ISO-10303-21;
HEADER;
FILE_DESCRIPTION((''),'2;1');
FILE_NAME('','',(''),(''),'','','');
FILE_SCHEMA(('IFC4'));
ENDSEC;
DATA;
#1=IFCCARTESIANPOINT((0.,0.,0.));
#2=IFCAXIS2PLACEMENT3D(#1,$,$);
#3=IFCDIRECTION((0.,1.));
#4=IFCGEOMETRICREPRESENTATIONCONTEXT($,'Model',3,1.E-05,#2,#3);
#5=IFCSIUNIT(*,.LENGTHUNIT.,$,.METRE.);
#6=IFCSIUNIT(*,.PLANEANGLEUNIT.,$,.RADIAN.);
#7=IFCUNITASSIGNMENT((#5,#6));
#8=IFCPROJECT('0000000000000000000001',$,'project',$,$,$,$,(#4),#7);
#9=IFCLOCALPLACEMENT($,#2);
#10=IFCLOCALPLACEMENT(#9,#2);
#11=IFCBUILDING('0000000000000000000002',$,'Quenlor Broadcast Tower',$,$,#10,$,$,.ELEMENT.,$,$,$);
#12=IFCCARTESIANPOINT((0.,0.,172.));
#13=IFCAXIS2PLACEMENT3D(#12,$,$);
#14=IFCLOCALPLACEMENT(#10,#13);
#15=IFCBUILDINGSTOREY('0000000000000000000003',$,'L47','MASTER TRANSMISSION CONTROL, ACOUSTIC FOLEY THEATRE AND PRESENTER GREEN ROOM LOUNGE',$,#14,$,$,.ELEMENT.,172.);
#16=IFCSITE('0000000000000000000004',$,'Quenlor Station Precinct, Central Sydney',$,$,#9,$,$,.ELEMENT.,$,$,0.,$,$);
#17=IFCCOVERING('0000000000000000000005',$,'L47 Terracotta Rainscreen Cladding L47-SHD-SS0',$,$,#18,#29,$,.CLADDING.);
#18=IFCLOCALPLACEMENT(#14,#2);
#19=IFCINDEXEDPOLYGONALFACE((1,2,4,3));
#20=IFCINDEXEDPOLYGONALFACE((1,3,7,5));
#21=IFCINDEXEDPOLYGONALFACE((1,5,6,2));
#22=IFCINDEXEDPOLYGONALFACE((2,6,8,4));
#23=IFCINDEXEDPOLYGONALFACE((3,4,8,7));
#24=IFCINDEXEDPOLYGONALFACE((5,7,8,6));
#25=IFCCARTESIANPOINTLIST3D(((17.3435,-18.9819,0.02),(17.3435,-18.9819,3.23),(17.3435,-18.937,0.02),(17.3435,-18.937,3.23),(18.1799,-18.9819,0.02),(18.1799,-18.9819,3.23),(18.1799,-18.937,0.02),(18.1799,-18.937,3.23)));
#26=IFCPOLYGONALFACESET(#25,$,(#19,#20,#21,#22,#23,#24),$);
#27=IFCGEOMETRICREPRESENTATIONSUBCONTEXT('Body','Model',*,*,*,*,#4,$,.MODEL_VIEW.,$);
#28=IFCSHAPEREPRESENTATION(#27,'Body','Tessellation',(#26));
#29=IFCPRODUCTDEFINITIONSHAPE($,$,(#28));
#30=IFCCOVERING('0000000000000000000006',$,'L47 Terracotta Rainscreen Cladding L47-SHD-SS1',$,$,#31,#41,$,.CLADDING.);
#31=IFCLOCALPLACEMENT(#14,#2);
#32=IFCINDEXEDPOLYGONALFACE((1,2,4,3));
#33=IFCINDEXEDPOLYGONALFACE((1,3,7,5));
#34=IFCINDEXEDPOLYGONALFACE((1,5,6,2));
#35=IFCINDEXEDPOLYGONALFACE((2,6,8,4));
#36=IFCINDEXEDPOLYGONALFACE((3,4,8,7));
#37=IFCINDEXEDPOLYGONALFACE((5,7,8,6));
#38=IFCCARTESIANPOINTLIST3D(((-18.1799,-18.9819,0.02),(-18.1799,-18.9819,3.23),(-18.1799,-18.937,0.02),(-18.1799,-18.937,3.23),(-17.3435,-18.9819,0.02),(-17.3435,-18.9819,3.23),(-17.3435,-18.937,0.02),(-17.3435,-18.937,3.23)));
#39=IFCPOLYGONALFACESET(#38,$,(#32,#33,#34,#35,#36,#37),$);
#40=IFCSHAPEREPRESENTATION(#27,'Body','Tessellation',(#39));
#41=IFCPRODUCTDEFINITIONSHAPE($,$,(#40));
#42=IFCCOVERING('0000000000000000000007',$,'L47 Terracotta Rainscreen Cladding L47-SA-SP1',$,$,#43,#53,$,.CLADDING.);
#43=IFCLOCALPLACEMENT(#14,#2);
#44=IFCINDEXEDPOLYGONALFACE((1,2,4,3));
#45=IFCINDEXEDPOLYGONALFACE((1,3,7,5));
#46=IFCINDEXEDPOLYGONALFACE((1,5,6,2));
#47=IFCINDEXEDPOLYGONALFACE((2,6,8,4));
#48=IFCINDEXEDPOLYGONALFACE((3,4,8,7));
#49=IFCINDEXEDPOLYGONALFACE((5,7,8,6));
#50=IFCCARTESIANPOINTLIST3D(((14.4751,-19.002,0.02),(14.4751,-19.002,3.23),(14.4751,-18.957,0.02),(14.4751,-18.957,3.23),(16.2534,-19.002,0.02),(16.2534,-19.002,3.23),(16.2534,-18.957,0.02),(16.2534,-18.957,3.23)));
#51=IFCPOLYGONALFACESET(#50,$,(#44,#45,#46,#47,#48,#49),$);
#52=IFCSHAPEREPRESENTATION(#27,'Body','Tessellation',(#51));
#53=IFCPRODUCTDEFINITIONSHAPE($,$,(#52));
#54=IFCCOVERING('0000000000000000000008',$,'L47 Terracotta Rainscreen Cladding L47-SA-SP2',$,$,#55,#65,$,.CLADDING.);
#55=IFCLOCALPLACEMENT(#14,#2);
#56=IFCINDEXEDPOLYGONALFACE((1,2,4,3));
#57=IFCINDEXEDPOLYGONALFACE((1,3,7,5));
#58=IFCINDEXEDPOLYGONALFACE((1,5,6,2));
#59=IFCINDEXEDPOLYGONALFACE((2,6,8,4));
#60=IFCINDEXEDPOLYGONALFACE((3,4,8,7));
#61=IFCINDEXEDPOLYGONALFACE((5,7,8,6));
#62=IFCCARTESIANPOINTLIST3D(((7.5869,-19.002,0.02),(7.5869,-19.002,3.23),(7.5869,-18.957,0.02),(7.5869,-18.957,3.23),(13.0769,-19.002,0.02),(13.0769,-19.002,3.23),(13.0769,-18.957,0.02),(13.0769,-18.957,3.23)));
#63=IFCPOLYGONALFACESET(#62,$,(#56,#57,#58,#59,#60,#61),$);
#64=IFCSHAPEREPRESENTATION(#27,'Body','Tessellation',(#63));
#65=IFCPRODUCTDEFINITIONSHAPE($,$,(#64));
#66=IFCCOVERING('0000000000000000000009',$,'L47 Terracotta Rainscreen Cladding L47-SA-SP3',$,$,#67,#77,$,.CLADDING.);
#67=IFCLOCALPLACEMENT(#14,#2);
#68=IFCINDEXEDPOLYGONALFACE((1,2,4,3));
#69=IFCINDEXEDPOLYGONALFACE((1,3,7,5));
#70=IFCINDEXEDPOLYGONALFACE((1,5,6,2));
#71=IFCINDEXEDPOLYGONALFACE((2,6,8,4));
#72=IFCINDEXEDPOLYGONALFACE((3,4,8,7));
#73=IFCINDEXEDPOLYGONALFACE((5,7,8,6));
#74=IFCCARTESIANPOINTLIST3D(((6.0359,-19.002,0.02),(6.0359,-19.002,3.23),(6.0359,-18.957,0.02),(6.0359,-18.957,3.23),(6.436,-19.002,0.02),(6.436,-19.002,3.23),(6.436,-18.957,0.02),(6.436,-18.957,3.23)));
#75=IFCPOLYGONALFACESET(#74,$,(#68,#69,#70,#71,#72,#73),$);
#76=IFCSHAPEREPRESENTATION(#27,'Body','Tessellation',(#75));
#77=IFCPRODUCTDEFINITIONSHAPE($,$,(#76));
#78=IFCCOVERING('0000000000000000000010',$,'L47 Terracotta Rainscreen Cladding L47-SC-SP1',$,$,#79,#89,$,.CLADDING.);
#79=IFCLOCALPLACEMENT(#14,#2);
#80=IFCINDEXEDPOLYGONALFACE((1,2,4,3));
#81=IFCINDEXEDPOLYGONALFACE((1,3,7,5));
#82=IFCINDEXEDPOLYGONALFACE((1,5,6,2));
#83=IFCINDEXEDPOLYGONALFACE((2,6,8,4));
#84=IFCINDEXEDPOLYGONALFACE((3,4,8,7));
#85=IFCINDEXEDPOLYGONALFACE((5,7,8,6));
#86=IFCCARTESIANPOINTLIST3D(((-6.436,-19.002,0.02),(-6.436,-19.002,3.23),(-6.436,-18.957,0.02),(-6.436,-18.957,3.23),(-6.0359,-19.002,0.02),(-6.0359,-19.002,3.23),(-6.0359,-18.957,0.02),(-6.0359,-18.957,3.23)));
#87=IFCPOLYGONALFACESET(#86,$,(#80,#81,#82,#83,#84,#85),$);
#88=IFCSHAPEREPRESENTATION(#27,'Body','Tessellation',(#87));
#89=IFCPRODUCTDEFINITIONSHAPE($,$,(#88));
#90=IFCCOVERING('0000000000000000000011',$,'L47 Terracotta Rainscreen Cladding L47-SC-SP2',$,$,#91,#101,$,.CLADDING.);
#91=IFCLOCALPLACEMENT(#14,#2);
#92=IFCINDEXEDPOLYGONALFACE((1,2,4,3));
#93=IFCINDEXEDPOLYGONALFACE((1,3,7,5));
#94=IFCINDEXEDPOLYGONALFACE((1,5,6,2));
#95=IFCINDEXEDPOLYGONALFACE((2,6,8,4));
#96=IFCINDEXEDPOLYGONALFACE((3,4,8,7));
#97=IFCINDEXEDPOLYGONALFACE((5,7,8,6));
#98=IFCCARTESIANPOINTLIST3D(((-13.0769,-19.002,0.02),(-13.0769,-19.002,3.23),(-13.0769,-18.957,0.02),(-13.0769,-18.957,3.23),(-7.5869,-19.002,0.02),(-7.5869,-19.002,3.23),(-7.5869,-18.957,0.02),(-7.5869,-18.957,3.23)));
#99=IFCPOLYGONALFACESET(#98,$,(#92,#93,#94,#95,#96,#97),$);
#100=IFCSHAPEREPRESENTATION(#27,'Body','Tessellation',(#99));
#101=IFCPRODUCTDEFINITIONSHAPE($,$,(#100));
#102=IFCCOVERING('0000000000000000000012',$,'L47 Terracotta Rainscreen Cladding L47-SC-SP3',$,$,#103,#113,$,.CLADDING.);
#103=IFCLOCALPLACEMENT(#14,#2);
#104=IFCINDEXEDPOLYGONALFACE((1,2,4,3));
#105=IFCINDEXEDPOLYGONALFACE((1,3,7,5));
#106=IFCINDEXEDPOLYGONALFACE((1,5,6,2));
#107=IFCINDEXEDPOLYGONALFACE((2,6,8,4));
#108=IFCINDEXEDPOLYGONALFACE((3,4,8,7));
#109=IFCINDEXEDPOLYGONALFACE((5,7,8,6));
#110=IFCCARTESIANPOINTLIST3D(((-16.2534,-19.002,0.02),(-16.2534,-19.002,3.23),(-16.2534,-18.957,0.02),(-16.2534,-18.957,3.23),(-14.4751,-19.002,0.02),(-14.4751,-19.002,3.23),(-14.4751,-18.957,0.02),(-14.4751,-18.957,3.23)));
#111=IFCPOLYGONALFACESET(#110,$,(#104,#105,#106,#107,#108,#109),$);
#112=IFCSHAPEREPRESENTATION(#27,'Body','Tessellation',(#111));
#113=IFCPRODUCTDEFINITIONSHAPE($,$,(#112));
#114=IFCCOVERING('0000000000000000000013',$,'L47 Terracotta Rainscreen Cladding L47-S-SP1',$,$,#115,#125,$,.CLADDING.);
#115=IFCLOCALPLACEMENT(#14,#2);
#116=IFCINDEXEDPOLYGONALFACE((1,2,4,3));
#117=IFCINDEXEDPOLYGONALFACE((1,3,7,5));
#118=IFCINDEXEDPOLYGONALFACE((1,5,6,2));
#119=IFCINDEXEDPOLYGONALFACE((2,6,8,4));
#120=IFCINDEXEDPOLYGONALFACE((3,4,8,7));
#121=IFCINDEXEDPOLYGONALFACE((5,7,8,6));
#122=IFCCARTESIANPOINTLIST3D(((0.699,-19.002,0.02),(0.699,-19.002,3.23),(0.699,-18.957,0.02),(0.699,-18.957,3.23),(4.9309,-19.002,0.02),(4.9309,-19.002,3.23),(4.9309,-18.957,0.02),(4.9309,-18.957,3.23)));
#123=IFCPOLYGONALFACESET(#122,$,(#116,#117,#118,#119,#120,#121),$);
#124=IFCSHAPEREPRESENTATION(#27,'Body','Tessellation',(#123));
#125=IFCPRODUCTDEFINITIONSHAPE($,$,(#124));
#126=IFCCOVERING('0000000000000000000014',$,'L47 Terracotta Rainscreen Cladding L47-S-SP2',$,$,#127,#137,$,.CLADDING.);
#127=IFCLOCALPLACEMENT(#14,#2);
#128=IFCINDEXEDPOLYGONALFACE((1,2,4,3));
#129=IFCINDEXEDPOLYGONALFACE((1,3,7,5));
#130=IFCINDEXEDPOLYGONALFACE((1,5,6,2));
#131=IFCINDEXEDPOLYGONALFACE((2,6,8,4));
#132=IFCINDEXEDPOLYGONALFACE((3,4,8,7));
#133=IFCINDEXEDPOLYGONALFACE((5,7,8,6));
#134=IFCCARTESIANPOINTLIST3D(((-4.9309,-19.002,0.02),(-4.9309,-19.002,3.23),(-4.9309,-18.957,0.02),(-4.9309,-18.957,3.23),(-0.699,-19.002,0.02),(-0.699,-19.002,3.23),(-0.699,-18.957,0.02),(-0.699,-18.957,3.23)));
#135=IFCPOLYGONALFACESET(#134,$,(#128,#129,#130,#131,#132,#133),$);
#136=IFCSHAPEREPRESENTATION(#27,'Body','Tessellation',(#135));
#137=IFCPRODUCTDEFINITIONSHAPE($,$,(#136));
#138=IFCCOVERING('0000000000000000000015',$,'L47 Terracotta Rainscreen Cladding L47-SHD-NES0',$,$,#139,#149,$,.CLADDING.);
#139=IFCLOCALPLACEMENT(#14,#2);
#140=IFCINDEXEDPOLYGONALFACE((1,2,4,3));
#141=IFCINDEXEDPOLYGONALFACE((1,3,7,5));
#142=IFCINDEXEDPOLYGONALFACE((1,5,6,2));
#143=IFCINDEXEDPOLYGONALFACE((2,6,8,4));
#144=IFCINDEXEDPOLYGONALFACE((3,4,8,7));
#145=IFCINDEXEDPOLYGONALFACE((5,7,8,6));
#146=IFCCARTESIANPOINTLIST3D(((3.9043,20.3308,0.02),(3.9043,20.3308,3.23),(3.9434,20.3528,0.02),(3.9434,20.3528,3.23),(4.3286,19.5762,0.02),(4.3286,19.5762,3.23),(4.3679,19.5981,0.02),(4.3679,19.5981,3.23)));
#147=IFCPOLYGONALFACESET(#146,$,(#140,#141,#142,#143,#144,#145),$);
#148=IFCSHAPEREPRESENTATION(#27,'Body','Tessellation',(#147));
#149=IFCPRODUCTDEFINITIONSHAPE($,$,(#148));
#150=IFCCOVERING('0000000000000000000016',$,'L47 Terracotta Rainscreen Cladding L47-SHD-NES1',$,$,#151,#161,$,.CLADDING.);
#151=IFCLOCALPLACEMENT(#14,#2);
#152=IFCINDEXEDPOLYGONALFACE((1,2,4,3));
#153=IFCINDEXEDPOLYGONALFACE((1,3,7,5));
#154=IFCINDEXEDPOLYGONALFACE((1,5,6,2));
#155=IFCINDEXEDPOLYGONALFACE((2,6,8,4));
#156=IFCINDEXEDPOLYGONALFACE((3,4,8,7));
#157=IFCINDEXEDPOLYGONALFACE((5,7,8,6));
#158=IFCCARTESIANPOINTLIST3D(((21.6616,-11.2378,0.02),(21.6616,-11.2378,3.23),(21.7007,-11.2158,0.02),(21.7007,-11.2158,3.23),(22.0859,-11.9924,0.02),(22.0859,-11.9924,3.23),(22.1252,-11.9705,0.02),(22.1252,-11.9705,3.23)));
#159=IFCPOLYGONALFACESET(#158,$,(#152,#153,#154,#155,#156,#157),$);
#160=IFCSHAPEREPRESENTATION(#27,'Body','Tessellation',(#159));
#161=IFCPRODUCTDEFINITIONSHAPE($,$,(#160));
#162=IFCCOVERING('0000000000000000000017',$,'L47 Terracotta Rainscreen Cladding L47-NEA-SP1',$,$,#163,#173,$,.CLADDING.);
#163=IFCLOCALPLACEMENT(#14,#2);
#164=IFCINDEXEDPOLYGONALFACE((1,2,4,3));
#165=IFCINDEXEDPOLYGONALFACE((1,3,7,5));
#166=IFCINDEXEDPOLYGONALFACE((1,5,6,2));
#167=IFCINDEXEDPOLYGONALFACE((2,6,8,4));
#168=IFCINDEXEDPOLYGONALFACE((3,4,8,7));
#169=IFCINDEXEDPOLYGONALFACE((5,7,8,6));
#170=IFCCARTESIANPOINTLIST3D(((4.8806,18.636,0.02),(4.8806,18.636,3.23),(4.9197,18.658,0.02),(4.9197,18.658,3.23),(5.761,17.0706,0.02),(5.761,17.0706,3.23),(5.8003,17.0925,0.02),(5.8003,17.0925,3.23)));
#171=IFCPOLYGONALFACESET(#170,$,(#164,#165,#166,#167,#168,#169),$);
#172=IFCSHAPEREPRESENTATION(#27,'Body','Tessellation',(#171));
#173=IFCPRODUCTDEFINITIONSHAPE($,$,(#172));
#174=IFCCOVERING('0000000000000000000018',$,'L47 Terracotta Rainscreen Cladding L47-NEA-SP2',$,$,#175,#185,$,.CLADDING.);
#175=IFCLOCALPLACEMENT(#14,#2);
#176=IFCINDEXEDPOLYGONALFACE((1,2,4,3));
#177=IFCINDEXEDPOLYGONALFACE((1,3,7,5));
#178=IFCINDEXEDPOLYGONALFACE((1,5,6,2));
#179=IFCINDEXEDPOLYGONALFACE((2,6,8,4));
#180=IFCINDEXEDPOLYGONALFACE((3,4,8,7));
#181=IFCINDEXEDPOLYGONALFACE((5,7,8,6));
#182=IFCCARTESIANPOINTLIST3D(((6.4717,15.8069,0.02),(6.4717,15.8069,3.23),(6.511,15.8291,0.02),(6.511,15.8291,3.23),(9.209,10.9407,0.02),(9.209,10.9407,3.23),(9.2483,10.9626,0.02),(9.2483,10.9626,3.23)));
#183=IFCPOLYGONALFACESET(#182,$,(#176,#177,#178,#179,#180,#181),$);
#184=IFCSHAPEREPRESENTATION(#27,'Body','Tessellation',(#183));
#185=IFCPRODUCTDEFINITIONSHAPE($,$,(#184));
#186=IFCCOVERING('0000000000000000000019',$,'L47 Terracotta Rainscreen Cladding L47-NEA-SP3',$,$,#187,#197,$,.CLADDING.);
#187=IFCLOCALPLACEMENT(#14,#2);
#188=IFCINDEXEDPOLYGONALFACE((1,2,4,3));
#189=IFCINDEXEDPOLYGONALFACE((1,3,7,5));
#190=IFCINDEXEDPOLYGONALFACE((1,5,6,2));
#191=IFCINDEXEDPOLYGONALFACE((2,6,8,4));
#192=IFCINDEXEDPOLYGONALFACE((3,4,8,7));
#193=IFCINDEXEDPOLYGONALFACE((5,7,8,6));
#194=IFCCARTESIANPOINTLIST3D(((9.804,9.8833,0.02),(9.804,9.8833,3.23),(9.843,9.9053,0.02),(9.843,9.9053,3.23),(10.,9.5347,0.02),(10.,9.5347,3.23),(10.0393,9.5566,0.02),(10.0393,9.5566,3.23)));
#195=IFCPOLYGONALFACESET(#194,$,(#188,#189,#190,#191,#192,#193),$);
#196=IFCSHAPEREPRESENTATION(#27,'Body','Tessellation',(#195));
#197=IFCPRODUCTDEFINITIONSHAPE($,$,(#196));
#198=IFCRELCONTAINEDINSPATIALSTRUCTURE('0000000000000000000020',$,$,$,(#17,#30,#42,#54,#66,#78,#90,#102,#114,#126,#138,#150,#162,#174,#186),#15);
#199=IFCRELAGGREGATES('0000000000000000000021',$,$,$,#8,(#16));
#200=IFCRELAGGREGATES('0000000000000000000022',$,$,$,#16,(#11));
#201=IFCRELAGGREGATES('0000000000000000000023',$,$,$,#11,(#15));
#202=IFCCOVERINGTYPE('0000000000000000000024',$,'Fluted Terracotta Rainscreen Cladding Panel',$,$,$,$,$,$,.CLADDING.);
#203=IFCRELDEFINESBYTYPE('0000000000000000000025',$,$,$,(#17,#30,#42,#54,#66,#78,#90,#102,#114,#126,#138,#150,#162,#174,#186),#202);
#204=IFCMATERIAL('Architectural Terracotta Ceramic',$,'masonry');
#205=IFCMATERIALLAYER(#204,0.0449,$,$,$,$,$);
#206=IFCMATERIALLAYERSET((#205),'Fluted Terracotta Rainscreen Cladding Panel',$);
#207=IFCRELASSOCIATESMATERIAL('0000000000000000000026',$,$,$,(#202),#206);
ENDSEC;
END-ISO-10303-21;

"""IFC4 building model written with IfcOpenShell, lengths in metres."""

from ifc_helpers import new_model, si_unit, direction, frame, origin, place, context, subcontext, project, spatial, polyline, outline, extrude, material, layer, layer_set, type_object, element, save


model = new_model("IFC4")

# Units and contexts
model_context = context("Model", 3, precision=1e-05, world=origin(), true_north=direction((0.0, 1.0)))
body_context = subcontext(model_context, "Body", "Model", "MODEL_VIEW")
ifc_project = project(units=[si_unit("LENGTHUNIT", "METRE"), si_unit("PLANEANGLEUNIT", "RADIAN")], contexts=[model_context])

# Site, building, storey
site_placement = place(None, origin())
site = spatial("IfcSite", under=ifc_project, at=site_placement, Name="Quenlor Station Precinct, Central Sydney", CompositionType="ELEMENT", RefElevation=0.0)
building_placement = place(site_placement, origin())
building = spatial("IfcBuilding", under=site, at=building_placement, Name="Quenlor Broadcast Tower", CompositionType="ELEMENT")
storey_placement = place(building_placement, frame((0.0, 0.0, 172.0)))
storey = spatial("IfcBuildingStorey", under=building, at=storey_placement, Name="L47", Description="MASTER TRANSMISSION CONTROL, ACOUSTIC FOLEY THEATRE AND PRESENTER GREEN ROOM LOUNGE", CompositionType="ELEMENT", Elevation=172.0)

# Coverings
ifc_material = material(Name="Architectural Terracotta Ceramic", Category="masonry")
ifc_layer = layer(ifc_material, 0.0449)
ifc_layer_set = layer_set([ifc_layer], Name="Fluted Terracotta Rainscreen Cladding Panel")
covering_type = type_object("IfcCoveringType", Name="Fluted Terracotta Rainscreen Cladding Panel", PredefinedType="CLADDING", material=ifc_layer_set)
covering_1_placement = place(storey_placement, frame((0.0, 0.0, 0.02)))
element("IfcCovering", 1, at=covering_1_placement, inside=storey, type_object=covering_type, Name="L47 Terracotta Rainscreen Cladding L47-SHD-SS0", PredefinedType="CLADDING", context=body_context, shape_type="SweptSolid", body=[
    extrude(outline(polyline([(18.1799, -18.937), (17.3435, -18.937), (17.3435, -18.9819), (18.1799, -18.9819), (18.1799, -18.937)])), origin(), (0.0, 0.0, 1.0), 3.21),
])
covering_2_placement = place(storey_placement, frame((0.0, 0.0, 0.02)))
element("IfcCovering", 2, at=covering_2_placement, inside=storey, type_object=covering_type, Name="L47 Terracotta Rainscreen Cladding L47-SHD-SS1", PredefinedType="CLADDING", context=body_context, shape_type="SweptSolid", body=[
    extrude(outline(polyline([(-17.3435, -18.937), (-18.1799, -18.937), (-18.1799, -18.9819), (-17.3435, -18.9819), (-17.3435, -18.937)])), origin(), (0.0, 0.0, 1.0), 3.21),
])
covering_3_placement = place(storey_placement, frame((0.0, 0.0, 0.02)))
element("IfcCovering", 3, at=covering_3_placement, inside=storey, type_object=covering_type, Name="L47 Terracotta Rainscreen Cladding L47-SA-SP1", PredefinedType="CLADDING", context=body_context, shape_type="SweptSolid", body=[
    extrude(outline(polyline([(16.2534, -18.957), (14.4751, -18.957), (14.4751, -19.002), (16.2534, -19.002), (16.2534, -18.957)])), origin(), (0.0, 0.0, 1.0), 3.21),
])
covering_4_placement = place(storey_placement, frame((0.0, 0.0, 0.02)))
element("IfcCovering", 4, at=covering_4_placement, inside=storey, type_object=covering_type, Name="L47 Terracotta Rainscreen Cladding L47-SA-SP2", PredefinedType="CLADDING", context=body_context, shape_type="SweptSolid", body=[
    extrude(outline(polyline([(13.0769, -18.957), (7.5869, -18.957), (7.5869, -19.002), (13.0769, -19.002), (13.0769, -18.957)])), origin(), (0.0, 0.0, 1.0), 3.21),
])
covering_5_placement = place(storey_placement, frame((0.0, 0.0, 0.02)))
element("IfcCovering", 5, at=covering_5_placement, inside=storey, type_object=covering_type, Name="L47 Terracotta Rainscreen Cladding L47-SA-SP3", PredefinedType="CLADDING", context=body_context, shape_type="SweptSolid", body=[
    extrude(outline(polyline([(6.436, -18.957), (6.0359, -18.957), (6.0359, -19.002), (6.436, -19.002), (6.436, -18.957)])), origin(), (0.0, 0.0, 1.0), 3.21),
])
covering_6_placement = place(storey_placement, frame((0.0, 0.0, 0.02)))
element("IfcCovering", 6, at=covering_6_placement, inside=storey, type_object=covering_type, Name="L47 Terracotta Rainscreen Cladding L47-SC-SP1", PredefinedType="CLADDING", context=body_context, shape_type="SweptSolid", body=[
    extrude(outline(polyline([(-6.0359, -18.957), (-6.436, -18.957), (-6.436, -19.002), (-6.0359, -19.002), (-6.0359, -18.957)])), origin(), (0.0, 0.0, 1.0), 3.21),
])
covering_7_placement = place(storey_placement, frame((0.0, 0.0, 0.02)))
element("IfcCovering", 7, at=covering_7_placement, inside=storey, type_object=covering_type, Name="L47 Terracotta Rainscreen Cladding L47-SC-SP2", PredefinedType="CLADDING", context=body_context, shape_type="SweptSolid", body=[
    extrude(outline(polyline([(-7.5869, -18.957), (-13.0769, -18.957), (-13.0769, -19.002), (-7.5869, -19.002), (-7.5869, -18.957)])), origin(), (0.0, 0.0, 1.0), 3.21),
])
covering_8_placement = place(storey_placement, frame((0.0, 0.0, 0.02)))
element("IfcCovering", 8, at=covering_8_placement, inside=storey, type_object=covering_type, Name="L47 Terracotta Rainscreen Cladding L47-SC-SP3", PredefinedType="CLADDING", context=body_context, shape_type="SweptSolid", body=[
    extrude(outline(polyline([(-14.4751, -18.957), (-16.2534, -18.957), (-16.2534, -19.002), (-14.4751, -19.002), (-14.4751, -18.957)])), origin(), (0.0, 0.0, 1.0), 3.21),
])
covering_9_placement = place(storey_placement, frame((0.0, 0.0, 0.02)))
element("IfcCovering", 9, at=covering_9_placement, inside=storey, type_object=covering_type, Name="L47 Terracotta Rainscreen Cladding L47-S-SP1", PredefinedType="CLADDING", context=body_context, shape_type="SweptSolid", body=[
    extrude(outline(polyline([(4.9309, -18.957), (0.699, -18.957), (0.699, -19.002), (4.9309, -19.002), (4.9309, -18.957)])), origin(), (0.0, 0.0, 1.0), 3.21),
])
covering_10_placement = place(storey_placement, frame((0.0, 0.0, 0.02)))
element("IfcCovering", 10, at=covering_10_placement, inside=storey, type_object=covering_type, Name="L47 Terracotta Rainscreen Cladding L47-S-SP2", PredefinedType="CLADDING", context=body_context, shape_type="SweptSolid", body=[
    extrude(outline(polyline([(-0.699, -18.957), (-4.9309, -18.957), (-4.9309, -19.002), (-0.699, -19.002), (-0.699, -18.957)])), origin(), (0.0, 0.0, 1.0), 3.21),
])
covering_11_placement = place(storey_placement, frame((0.0, 0.0, 0.02)))
element("IfcCovering", 11, at=covering_11_placement, inside=storey, type_object=covering_type, Name="L47 Terracotta Rainscreen Cladding L47-SHD-NES0", PredefinedType="CLADDING", context=body_context, shape_type="SweptSolid", body=[
    extrude(outline(polyline([(3.9043, 20.3308), (4.3286, 19.5762), (4.3679, 19.5981), (3.9434, 20.3528), (3.9043, 20.3308)])), origin(), (0.0, 0.0, 1.0), 3.21),
])
covering_12_placement = place(storey_placement, frame((0.0, 0.0, 0.02)))
element("IfcCovering", 12, at=covering_12_placement, inside=storey, type_object=covering_type, Name="L47 Terracotta Rainscreen Cladding L47-SHD-NES1", PredefinedType="CLADDING", context=body_context, shape_type="SweptSolid", body=[
    extrude(outline(polyline([(21.6616, -11.2378), (22.0859, -11.9924), (22.1252, -11.9705), (21.7007, -11.2158), (21.6616, -11.2378)])), origin(), (0.0, 0.0, 1.0), 3.21),
])
covering_13_placement = place(storey_placement, frame((0.0, 0.0, 0.02)))
element("IfcCovering", 13, at=covering_13_placement, inside=storey, type_object=covering_type, Name="L47 Terracotta Rainscreen Cladding L47-NEA-SP1", PredefinedType="CLADDING", context=body_context, shape_type="SweptSolid", body=[
    extrude(outline(polyline([(4.8806, 18.636), (5.761, 17.0706), (5.8003, 17.0925), (4.9197, 18.658), (4.8806, 18.636)])), origin(), (0.0, 0.0, 1.0), 3.21),
])
covering_14_placement = place(storey_placement, frame((0.0, 0.0, 0.02)))
element("IfcCovering", 14, at=covering_14_placement, inside=storey, type_object=covering_type, Name="L47 Terracotta Rainscreen Cladding L47-NEA-SP2", PredefinedType="CLADDING", context=body_context, shape_type="SweptSolid", body=[
    extrude(outline(polyline([(6.4717, 15.8069), (9.209, 10.9407), (9.2483, 10.9626), (6.511, 15.8291), (6.4717, 15.8069)])), origin(), (0.0, 0.0, 1.0), 3.21),
])
covering_15_placement = place(storey_placement, frame((0.0, 0.0, 0.02)))
element("IfcCovering", 15, at=covering_15_placement, inside=storey, type_object=covering_type, Name="L47 Terracotta Rainscreen Cladding L47-NEA-SP3", PredefinedType="CLADDING", context=body_context, shape_type="SweptSolid", body=[
    extrude(outline(polyline([(9.804, 9.8833), (10.0, 9.5347), (10.0393, 9.5566), (9.843, 9.9053), (9.804, 9.8833)])), origin(), (0.0, 0.0, 1.0), 3.21),
])

save(model, "model.ifc")
